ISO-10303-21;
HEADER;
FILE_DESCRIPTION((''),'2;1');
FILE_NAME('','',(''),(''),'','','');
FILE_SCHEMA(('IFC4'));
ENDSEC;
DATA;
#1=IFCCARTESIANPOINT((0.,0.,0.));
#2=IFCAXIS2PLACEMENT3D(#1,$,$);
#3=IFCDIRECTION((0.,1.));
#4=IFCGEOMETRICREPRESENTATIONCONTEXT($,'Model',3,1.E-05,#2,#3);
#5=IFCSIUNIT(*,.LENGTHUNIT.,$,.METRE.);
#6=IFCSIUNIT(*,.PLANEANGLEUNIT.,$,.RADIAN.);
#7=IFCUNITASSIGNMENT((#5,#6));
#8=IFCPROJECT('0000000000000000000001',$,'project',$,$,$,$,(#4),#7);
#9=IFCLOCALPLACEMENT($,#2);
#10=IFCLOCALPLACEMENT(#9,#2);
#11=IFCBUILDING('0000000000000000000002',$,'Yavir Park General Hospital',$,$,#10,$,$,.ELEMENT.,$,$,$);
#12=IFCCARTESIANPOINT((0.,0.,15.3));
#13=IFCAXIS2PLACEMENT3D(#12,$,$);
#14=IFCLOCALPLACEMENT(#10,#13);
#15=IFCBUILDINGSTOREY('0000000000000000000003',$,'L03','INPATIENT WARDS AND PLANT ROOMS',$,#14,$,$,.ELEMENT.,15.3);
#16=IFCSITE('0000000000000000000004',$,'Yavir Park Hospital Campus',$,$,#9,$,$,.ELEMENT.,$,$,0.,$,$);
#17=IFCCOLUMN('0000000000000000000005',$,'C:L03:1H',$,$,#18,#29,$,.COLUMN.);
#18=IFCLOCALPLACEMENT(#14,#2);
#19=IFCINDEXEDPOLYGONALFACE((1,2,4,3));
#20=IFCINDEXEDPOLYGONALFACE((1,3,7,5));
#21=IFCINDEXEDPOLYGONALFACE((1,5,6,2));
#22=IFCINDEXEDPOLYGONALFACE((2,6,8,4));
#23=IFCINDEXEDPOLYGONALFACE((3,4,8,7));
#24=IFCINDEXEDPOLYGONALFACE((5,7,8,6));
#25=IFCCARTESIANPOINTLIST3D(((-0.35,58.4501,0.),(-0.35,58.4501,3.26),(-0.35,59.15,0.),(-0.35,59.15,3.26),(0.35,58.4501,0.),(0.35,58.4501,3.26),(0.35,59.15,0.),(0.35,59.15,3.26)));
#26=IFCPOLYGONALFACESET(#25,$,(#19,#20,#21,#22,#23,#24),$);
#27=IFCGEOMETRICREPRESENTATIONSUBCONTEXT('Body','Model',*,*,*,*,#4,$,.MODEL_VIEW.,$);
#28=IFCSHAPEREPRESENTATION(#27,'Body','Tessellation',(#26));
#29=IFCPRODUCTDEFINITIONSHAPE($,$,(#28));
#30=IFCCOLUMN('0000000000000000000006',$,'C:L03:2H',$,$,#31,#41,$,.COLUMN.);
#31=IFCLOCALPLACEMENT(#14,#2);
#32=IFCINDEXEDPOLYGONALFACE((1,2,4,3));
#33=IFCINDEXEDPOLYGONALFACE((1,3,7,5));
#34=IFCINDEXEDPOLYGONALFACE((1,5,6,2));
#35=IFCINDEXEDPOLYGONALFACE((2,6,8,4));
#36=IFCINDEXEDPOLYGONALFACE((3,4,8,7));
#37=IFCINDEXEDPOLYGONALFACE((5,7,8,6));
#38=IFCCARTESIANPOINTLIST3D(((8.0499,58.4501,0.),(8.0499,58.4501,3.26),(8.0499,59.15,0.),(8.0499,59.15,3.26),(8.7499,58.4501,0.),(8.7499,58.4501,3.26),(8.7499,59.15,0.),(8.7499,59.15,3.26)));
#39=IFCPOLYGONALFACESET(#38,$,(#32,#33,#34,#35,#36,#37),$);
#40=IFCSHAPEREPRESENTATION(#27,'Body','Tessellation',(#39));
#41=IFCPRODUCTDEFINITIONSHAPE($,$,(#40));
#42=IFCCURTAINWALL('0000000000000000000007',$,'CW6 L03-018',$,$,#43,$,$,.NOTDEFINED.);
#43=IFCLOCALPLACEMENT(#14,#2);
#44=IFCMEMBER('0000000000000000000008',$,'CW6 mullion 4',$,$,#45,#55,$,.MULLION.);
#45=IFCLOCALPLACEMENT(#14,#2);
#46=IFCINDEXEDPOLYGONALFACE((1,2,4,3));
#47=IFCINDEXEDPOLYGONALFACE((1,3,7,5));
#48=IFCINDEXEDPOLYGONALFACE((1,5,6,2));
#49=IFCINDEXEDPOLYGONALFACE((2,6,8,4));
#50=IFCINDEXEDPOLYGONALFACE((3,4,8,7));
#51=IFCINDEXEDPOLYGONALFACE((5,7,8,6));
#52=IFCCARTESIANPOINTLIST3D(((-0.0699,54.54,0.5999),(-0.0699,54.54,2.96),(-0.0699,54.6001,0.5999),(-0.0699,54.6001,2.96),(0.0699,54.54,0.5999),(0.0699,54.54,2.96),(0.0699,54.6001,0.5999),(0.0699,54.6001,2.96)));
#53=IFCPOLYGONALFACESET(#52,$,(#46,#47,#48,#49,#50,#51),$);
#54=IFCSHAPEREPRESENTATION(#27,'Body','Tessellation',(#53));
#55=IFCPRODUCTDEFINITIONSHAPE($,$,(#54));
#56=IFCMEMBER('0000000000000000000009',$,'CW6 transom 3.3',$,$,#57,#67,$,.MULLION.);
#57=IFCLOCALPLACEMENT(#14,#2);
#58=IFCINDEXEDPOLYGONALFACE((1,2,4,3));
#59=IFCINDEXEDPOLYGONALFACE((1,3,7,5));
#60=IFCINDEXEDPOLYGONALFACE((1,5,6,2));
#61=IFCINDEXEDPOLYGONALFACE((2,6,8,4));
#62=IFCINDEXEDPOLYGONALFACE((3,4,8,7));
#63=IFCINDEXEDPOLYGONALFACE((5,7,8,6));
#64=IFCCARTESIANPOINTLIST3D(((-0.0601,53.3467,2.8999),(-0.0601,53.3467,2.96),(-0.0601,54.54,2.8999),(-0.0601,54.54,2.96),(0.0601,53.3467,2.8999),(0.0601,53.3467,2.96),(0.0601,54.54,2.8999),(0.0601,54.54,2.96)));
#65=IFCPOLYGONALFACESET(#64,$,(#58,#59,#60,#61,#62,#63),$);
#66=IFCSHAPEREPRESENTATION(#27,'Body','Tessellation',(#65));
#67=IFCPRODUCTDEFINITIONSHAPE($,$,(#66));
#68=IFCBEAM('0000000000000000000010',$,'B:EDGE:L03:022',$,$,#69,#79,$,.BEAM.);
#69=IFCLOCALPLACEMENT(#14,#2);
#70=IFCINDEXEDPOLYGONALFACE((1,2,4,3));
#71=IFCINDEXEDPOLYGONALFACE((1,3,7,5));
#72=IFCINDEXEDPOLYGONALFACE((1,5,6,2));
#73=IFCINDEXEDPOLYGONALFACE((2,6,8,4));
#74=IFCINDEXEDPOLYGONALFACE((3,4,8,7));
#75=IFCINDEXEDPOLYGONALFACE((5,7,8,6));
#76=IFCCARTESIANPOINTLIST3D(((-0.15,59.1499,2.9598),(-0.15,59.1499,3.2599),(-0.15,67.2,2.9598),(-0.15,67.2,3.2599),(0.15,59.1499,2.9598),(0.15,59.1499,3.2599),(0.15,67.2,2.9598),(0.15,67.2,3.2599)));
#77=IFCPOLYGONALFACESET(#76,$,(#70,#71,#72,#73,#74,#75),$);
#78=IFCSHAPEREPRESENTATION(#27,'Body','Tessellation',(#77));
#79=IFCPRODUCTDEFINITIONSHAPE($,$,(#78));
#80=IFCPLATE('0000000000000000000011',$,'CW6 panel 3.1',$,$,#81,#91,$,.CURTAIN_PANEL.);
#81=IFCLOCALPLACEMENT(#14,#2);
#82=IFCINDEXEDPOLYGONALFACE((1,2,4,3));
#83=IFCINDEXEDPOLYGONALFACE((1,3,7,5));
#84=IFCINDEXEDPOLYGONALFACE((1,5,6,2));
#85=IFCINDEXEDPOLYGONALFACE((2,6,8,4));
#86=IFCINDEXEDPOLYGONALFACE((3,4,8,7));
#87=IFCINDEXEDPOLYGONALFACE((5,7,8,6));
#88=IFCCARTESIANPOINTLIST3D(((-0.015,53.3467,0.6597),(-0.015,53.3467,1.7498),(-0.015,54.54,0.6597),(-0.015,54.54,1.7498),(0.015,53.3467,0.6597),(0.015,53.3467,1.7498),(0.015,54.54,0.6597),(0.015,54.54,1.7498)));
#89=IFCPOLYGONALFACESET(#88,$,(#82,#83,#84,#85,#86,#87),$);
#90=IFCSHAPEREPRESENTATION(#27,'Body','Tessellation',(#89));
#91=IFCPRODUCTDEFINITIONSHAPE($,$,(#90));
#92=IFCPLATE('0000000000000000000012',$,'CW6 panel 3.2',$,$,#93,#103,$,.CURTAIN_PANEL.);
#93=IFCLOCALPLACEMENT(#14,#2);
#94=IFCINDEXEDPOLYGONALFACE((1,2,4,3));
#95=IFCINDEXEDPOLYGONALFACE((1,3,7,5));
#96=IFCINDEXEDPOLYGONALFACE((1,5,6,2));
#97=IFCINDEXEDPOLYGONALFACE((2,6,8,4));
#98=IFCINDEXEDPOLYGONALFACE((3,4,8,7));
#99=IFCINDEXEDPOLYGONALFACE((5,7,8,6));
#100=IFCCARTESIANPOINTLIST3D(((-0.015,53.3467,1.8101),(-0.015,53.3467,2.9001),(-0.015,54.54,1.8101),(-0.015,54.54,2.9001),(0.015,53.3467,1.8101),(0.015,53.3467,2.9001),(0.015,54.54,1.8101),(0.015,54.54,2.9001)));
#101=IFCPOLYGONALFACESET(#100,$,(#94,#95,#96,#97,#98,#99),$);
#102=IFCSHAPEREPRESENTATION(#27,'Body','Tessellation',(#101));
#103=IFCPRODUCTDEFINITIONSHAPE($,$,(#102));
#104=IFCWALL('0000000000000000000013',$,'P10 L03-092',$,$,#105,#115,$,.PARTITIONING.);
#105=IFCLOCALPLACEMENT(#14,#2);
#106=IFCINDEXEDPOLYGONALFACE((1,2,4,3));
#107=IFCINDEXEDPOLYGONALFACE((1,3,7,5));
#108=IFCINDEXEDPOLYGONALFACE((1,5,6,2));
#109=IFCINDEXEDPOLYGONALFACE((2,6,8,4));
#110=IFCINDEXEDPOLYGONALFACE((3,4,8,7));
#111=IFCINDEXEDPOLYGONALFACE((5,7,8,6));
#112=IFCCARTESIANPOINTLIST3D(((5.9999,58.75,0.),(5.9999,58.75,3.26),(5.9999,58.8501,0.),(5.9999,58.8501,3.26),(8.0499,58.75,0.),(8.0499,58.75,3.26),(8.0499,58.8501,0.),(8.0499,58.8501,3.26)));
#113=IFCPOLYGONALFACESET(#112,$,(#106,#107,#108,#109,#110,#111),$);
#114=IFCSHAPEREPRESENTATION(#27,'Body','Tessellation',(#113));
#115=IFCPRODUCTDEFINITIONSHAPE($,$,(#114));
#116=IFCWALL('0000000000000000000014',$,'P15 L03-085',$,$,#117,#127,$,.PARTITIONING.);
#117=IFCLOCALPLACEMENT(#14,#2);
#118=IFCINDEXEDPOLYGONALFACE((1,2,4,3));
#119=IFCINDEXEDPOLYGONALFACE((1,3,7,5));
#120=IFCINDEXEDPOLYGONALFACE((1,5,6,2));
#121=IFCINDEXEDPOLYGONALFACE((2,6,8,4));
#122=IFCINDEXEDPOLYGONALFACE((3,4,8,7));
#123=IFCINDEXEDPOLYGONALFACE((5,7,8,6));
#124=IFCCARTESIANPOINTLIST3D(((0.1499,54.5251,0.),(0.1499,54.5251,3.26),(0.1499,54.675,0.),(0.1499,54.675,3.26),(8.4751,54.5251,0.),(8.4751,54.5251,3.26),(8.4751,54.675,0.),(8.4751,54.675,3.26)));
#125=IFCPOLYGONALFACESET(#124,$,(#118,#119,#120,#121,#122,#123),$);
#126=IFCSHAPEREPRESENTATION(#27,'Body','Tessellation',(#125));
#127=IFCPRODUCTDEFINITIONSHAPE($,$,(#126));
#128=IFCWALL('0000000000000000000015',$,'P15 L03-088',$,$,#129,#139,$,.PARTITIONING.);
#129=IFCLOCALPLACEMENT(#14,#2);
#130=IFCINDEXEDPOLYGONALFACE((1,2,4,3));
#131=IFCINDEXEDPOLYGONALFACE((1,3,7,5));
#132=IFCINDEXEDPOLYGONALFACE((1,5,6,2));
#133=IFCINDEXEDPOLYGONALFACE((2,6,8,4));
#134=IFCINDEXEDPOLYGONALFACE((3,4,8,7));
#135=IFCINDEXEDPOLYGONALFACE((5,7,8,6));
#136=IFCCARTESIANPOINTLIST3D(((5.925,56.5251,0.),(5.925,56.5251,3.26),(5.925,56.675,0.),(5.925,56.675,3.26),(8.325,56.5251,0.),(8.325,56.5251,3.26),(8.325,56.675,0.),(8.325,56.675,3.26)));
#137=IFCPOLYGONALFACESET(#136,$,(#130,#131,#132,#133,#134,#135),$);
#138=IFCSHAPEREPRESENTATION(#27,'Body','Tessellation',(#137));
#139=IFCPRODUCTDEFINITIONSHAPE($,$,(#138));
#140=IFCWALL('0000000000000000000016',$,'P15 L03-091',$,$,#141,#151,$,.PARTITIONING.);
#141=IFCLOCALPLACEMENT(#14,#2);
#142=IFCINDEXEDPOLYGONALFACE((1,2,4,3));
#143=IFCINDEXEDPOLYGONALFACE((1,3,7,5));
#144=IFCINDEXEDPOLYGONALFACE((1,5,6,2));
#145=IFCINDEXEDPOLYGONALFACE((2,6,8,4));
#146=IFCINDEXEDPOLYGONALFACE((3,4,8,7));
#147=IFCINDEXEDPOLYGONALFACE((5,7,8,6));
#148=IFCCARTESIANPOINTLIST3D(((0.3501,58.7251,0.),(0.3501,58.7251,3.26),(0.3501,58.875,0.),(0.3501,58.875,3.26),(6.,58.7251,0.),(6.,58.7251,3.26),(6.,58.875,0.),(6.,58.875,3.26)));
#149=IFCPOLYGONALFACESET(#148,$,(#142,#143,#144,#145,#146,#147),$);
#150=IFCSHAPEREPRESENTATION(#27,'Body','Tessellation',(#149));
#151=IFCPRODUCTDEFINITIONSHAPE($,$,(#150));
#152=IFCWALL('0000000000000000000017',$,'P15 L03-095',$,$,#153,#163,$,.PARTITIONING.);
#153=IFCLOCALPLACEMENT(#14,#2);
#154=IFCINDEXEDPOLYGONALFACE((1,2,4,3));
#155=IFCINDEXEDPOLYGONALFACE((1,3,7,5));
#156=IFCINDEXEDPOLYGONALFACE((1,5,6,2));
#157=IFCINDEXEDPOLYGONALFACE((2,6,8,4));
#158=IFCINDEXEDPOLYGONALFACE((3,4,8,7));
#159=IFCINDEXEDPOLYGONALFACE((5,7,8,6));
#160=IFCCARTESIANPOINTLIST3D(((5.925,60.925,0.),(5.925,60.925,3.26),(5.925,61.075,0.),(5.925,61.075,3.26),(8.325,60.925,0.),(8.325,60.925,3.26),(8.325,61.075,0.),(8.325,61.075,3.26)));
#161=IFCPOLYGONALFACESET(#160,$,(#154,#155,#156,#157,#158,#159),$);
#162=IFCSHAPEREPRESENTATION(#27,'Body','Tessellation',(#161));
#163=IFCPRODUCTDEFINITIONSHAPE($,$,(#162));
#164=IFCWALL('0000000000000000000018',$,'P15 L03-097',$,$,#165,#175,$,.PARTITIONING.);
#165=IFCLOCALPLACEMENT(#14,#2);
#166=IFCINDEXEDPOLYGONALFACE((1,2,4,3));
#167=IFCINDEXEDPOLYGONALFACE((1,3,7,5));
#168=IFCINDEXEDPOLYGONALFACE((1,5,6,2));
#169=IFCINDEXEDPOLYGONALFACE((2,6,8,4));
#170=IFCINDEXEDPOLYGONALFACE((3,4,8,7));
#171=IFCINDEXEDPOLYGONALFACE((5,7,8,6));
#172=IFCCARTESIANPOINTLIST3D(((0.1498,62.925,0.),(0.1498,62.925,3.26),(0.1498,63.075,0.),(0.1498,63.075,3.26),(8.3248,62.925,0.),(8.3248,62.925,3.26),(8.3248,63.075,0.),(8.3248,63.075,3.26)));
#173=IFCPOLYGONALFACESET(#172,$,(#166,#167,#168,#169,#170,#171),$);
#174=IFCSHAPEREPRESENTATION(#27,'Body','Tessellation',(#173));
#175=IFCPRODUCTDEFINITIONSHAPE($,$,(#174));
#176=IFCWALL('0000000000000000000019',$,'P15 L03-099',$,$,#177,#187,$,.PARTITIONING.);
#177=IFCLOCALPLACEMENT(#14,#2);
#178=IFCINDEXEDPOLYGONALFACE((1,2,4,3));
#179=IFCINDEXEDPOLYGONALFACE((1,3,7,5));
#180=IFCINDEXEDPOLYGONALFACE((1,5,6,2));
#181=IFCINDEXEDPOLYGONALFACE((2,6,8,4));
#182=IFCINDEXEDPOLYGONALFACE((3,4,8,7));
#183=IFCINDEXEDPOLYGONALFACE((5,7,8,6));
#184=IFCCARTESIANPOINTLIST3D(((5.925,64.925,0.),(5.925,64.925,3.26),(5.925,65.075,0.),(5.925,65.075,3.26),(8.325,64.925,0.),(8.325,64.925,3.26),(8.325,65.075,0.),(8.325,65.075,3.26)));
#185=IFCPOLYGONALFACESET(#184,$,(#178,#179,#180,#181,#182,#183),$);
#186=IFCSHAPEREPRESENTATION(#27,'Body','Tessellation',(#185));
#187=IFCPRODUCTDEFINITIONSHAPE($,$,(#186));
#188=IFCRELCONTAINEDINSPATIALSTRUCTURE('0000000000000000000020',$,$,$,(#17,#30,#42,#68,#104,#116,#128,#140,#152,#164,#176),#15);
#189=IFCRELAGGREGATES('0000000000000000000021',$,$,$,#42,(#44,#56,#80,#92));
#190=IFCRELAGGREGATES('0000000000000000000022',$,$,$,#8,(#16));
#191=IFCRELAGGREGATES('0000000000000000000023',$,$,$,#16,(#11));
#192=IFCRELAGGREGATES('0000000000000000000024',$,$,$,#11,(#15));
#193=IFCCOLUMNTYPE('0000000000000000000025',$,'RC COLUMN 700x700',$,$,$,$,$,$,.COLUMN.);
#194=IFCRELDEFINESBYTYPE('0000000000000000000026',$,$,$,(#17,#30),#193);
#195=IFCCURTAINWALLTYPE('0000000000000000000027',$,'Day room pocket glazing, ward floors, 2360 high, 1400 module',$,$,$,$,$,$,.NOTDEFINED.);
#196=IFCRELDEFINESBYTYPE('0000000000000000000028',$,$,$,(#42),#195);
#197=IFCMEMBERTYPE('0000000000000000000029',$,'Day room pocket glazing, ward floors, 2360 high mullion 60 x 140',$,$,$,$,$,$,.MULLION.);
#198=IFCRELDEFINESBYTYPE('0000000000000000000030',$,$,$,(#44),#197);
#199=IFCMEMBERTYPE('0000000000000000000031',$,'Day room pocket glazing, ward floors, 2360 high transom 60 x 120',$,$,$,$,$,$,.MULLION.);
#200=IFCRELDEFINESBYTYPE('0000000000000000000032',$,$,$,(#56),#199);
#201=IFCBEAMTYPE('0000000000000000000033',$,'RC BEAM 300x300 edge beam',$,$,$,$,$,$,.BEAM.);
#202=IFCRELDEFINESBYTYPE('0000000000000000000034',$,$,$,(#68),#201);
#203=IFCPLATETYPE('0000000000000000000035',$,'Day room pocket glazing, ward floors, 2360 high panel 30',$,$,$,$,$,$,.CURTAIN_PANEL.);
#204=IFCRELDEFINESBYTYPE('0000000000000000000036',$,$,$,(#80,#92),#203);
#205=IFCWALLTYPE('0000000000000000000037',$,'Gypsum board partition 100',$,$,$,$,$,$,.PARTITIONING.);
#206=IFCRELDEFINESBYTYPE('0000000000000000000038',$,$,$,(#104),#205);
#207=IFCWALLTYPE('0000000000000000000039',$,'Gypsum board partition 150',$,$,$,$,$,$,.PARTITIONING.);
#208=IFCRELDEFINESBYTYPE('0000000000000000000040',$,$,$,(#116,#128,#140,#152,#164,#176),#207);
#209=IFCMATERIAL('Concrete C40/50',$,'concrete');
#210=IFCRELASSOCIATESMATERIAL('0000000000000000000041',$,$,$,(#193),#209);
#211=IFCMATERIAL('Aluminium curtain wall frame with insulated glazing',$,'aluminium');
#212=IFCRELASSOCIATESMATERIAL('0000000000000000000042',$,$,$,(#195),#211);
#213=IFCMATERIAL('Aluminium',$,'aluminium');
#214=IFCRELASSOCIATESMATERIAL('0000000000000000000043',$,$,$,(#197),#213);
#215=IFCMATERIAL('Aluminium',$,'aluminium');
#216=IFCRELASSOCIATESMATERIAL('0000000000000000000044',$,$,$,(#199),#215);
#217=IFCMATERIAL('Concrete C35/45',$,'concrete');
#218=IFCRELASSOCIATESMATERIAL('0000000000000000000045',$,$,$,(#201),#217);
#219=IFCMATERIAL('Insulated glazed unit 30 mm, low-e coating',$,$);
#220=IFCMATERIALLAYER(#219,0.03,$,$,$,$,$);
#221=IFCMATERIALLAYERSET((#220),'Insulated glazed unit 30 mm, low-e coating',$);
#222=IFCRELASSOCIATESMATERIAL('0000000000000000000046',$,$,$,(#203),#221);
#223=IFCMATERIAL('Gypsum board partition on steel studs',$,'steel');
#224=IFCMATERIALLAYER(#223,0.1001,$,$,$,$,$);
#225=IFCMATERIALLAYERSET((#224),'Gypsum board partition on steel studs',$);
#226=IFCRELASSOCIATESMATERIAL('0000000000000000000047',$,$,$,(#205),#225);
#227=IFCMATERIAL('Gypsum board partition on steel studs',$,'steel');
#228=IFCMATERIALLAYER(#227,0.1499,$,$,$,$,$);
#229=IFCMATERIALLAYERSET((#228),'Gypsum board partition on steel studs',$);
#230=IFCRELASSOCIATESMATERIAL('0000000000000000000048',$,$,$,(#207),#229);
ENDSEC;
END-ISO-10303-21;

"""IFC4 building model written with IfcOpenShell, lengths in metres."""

from ifc_helpers import new_model, si_unit, direction, frame, frame_2d, origin, origin_2d, place, context, subcontext, project, spatial, rectangle, extrude, material, layer, layer_set, material_profile, profile_set, type_object, element, aggregate, save


model = new_model("IFC4")

# Units and contexts
model_context = context("Model", 3, precision=1e-05, world=origin(), true_north=direction((0.0, 1.0)))
body_context = subcontext(model_context, "Body", "Model", "MODEL_VIEW")
ifc_project = project(units=[si_unit("LENGTHUNIT", "METRE"), si_unit("PLANEANGLEUNIT", "RADIAN")], contexts=[model_context])

# Site, building, storey
site_placement = place(None, origin())
site = spatial("IfcSite", under=ifc_project, at=site_placement, Name="Yavir Park Hospital Campus", CompositionType="ELEMENT", RefElevation=0.0)
building_placement = place(site_placement, origin())
building = spatial("IfcBuilding", under=site, at=building_placement, Name="Yavir Park General Hospital", CompositionType="ELEMENT")
storey_placement = place(building_placement, frame((0.0, 0.0, 15.3)))
storey = spatial("IfcBuildingStorey", under=building, at=storey_placement, Name="L03", Description="INPATIENT WARDS AND PLANT ROOMS", CompositionType="ELEMENT", Elevation=15.3)

# Columns
ifc_material_1 = material(Name="Concrete C40/50", Category="concrete")
ifc_material_profile_1 = material_profile(ifc_material_1, rectangle(XDim=0.7, YDim=0.7, at=origin_2d()), Name="RC700x700")
ifc_profile_set_1 = profile_set([ifc_material_profile_1], Name="Concrete C40/50")
column_type = type_object("IfcColumnType", Name="RC COLUMN 700x700", PredefinedType="COLUMN", material=ifc_profile_set_1)
for number, where, z_axis, x_axis, name in (
    (1, (0.0, 58.8, 0.0), (0.0, 0.0, 1.0), (1.0, 0.0, 0.0), "C:L03:1H"),
    (2, (8.3999, 58.8, 0.0), (0.0, 0.0, 1.0), (1.0, 0.0, 0.0), "C:L03:2H"),
):
    element("IfcColumn", number, at=place(storey_placement, frame(where, z_axis=z_axis, x_axis=x_axis)), inside=storey, type_object=column_type, Name=name, PredefinedType="COLUMN", context=body_context, shape_type="SweptSolid", body=[
        extrude(rectangle(XDim=0.7, YDim=0.7, at=origin_2d()), origin(), (0.0, 0.0, 1.0), 3.26),
    ])

# Curtain wall, members
ifc_material_2 = material(Name="Aluminium curtain wall frame with insulated glazing", Category="aluminium")
curtain_wall_type = type_object("IfcCurtainWallType", Name="Day room pocket glazing, ward floors, 2360 high, 1400 module", PredefinedType="NOTDEFINED", material=ifc_material_2)
curtain_wall_placement = place(storey_placement, origin())
curtain_wall = element("IfcCurtainWall", 3, at=curtain_wall_placement, inside=storey, type_object=curtain_wall_type, Name="CW6 L03-018", PredefinedType="NOTDEFINED")
ifc_material_3 = material(Name="Aluminium", Category="aluminium")
ifc_material_profile_2 = material_profile(ifc_material_3, rectangle(XDim=0.1399, YDim=0.0601, at=origin_2d()), Name="AL 60x140")
ifc_profile_set_2 = profile_set([ifc_material_profile_2], Name="Aluminium")
member_type_1 = type_object("IfcMemberType", Name="Day room pocket glazing, ward floors, 2360 high mullion 60 x 140", PredefinedType="MULLION", material=ifc_profile_set_2)
member_1_placement = place(storey_placement, frame((0.0, 54.5701, 0.5999), z_axis=(0.0, 0.0, 1.0), x_axis=(-1.0, 0.0, 0.0)))
member_1 = element("IfcMember", 4, at=member_1_placement, type_object=member_type_1, Name="CW6 mullion 4", PredefinedType="MULLION", context=body_context, shape_type="SweptSolid", body=[
    extrude(rectangle(XDim=0.1399, YDim=0.0601, at=origin_2d()), origin(), (0.0, 0.0, 1.0), 2.3601),
])
ifc_material_4 = material(Name="Aluminium", Category="aluminium")
ifc_material_profile_3 = material_profile(ifc_material_4, rectangle(XDim=0.1201, YDim=0.0601, at=origin_2d()), Name="AL 120x60")
ifc_profile_set_3 = profile_set([ifc_material_profile_3], Name="Aluminium")
member_type_2 = type_object("IfcMemberType", Name="Day room pocket glazing, ward floors, 2360 high transom 60 x 120", PredefinedType="MULLION", material=ifc_profile_set_3)
member_2_placement = place(storey_placement, frame((0.0, 53.3467, 2.9299), z_axis=(0.0, 1.0, 0.0), x_axis=(-1.0, 0.0, 0.0)))
member_2 = element("IfcMember", 5, at=member_2_placement, type_object=member_type_2, Name="CW6 transom 3.3", PredefinedType="MULLION", context=body_context, shape_type="SweptSolid", body=[
    extrude(rectangle(XDim=0.1201, YDim=0.0601, at=origin_2d()), origin(), (0.0, 0.0, 1.0), 1.1934),
])

# Beam
ifc_material_5 = material(Name="Concrete C35/45", Category="concrete")
ifc_material_profile_4 = material_profile(ifc_material_5, rectangle(XDim=0.3, YDim=0.3, at=origin_2d()), Name="RC300x300")
ifc_profile_set_4 = profile_set([ifc_material_profile_4], Name="Concrete C35/45")
beam_type = type_object("IfcBeamType", Name="RC BEAM 300x300 edge beam", PredefinedType="BEAM", material=ifc_profile_set_4)
beam_placement = place(storey_placement, frame((0.0, 59.1499, 3.1099), z_axis=(0.0, 1.0, 0.0), x_axis=(-1.0, 0.0, 0.0)))
element("IfcBeam", 6, at=beam_placement, inside=storey, type_object=beam_type, Name="B:EDGE:L03:022", PredefinedType="BEAM", context=body_context, shape_type="SweptSolid", body=[
    extrude(rectangle(XDim=0.3, YDim=0.3, at=origin_2d()), origin(), (0.0, 0.0, 1.0), 8.05),
])

# Plates
ifc_material_6 = material(Name="Insulated glazed unit 30 mm, low-e coating")
ifc_layer_1 = layer(ifc_material_6, 0.03)
ifc_layer_set_1 = layer_set([ifc_layer_1], Name="Insulated glazed unit 30 mm, low-e coating")
plate_type = type_object("IfcPlateType", Name="Day room pocket glazing, ward floors, 2360 high panel 30", PredefinedType="CURTAIN_PANEL", material=ifc_layer_set_1)
plate_1_placement = place(storey_placement, frame((0.0, 53.9434, 0.6597), z_axis=(0.0, 0.0, 1.0), x_axis=(0.0, 1.0, 0.0)))
plate_1 = element("IfcPlate", 7, at=plate_1_placement, type_object=plate_type, Name="CW6 panel 3.1", PredefinedType="CURTAIN_PANEL", context=body_context, shape_type="SweptSolid", body=[
    extrude(rectangle(XDim=1.1934, YDim=0.03, at=origin_2d()), origin(), (0.0, 0.0, 1.0), 1.0901),
])
plate_2_placement = place(storey_placement, frame((0.0, 53.9434, 1.8101), z_axis=(0.0, 0.0, 1.0), x_axis=(0.0, 1.0, 0.0)))
plate_2 = element("IfcPlate", 8, at=plate_2_placement, type_object=plate_type, Name="CW6 panel 3.2", PredefinedType="CURTAIN_PANEL", context=body_context, shape_type="SweptSolid", body=[
    extrude(rectangle(XDim=1.1934, YDim=0.03, at=origin_2d()), origin(), (0.0, 0.0, 1.0), 1.0901),
])
aggregate(curtain_wall, [member_1, member_2, plate_1, plate_2])

# Walls
ifc_material_7 = material(Name="Gypsum board partition on steel studs", Category="steel")
ifc_layer_2 = layer(ifc_material_7, 0.1001)
ifc_layer_set_2 = layer_set([ifc_layer_2], Name="Gypsum board partition on steel studs")
wall_type_1 = type_object("IfcWallType", Name="Gypsum board partition 100", PredefinedType="PARTITIONING", material=ifc_layer_set_2)
wall_1_placement = place(storey_placement, frame((6.0, 58.8, 0.0), z_axis=(0.0, 0.0, 1.0), x_axis=(1.0, 0.0, 0.0)))
element("IfcWall", 9, at=wall_1_placement, inside=storey, type_object=wall_type_1, Name="P10 L03-092", PredefinedType="PARTITIONING", context=body_context, shape_type="SweptSolid", body=[
    extrude(rectangle(XDim=2.05, YDim=0.1001, at=frame_2d((1.0249, 0.0))), origin(), (0.0, 0.0, 1.0), 3.26),
])
ifc_material_8 = material(Name="Gypsum board partition on steel studs", Category="steel")
ifc_layer_3 = layer(ifc_material_8, 0.1499)
ifc_layer_set_3 = layer_set([ifc_layer_3], Name="Gypsum board partition on steel studs")
wall_type_2 = type_object("IfcWallType", Name="Gypsum board partition 150", PredefinedType="PARTITIONING", material=ifc_layer_set_3)
wall_2_placement = place(storey_placement, frame((0.1499, 54.6001, 0.0), z_axis=(0.0, 0.0, 1.0), x_axis=(1.0, 0.0, 0.0)))
element("IfcWall", 10, at=wall_2_placement, inside=storey, type_object=wall_type_2, Name="P15 L03-085", PredefinedType="PARTITIONING", context=body_context, shape_type="SweptSolid", body=[
    extrude(rectangle(XDim=8.3252, YDim=0.1499, at=frame_2d((4.1626, 0.0))), origin(), (0.0, 0.0, 1.0), 3.26),
])
wall_3_placement = place(storey_placement, frame((5.925, 56.6001, 0.0), z_axis=(0.0, 0.0, 1.0), x_axis=(1.0, 0.0, 0.0)))
element("IfcWall", 11, at=wall_3_placement, inside=storey, type_object=wall_type_2, Name="P15 L03-088", PredefinedType="PARTITIONING", context=body_context, shape_type="SweptSolid", body=[
    extrude(rectangle(XDim=2.3999, YDim=0.1499, at=frame_2d((1.2, 0.0))), origin(), (0.0, 0.0, 1.0), 3.26),
])
wall_4_placement = place(storey_placement, frame((0.3501, 58.8, 0.0), z_axis=(0.0, 0.0, 1.0), x_axis=(1.0, 0.0, 0.0)))
element("IfcWall", 12, at=wall_4_placement, inside=storey, type_object=wall_type_2, Name="P15 L03-091", PredefinedType="PARTITIONING", context=body_context, shape_type="SweptSolid", body=[
    extrude(rectangle(XDim=5.6499, YDim=0.1499, at=frame_2d((2.825, 0.0))), origin(), (0.0, 0.0, 1.0), 3.26),
])
wall_5_placement = place(storey_placement, frame((5.925, 61.0, 0.0), z_axis=(0.0, 0.0, 1.0), x_axis=(1.0, 0.0, 0.0)))
element("IfcWall", 13, at=wall_5_placement, inside=storey, type_object=wall_type_2, Name="P15 L03-095", PredefinedType="PARTITIONING", context=body_context, shape_type="SweptSolid", body=[
    extrude(rectangle(XDim=2.3999, YDim=0.1499, at=frame_2d((1.2, 0.0))), origin(), (0.0, 0.0, 1.0), 3.26),
])
wall_6_placement = place(storey_placement, frame((0.1499, 63.0, 0.0), z_axis=(0.0, 0.0, 1.0), x_axis=(1.0, 0.0, 0.0)))
element("IfcWall", 14, at=wall_6_placement, inside=storey, type_object=wall_type_2, Name="P15 L03-097", PredefinedType="PARTITIONING", context=body_context, shape_type="SweptSolid", body=[
    extrude(rectangle(XDim=8.175, YDim=0.1499, at=frame_2d((4.0874, 0.0))), origin(), (0.0, 0.0, 1.0), 3.26),
])
wall_7_placement = place(storey_placement, frame((5.925, 65.0, 0.0), z_axis=(0.0, 0.0, 1.0), x_axis=(1.0, 0.0, 0.0)))
element("IfcWall", 15, at=wall_7_placement, inside=storey, type_object=wall_type_2, Name="P15 L03-099", PredefinedType="PARTITIONING", context=body_context, shape_type="SweptSolid", body=[
    extrude(rectangle(XDim=2.3999, YDim=0.1499, at=frame_2d((1.2, 0.0))), origin(), (0.0, 0.0, 1.0), 3.26),
])

save(model, "model.ifc")
